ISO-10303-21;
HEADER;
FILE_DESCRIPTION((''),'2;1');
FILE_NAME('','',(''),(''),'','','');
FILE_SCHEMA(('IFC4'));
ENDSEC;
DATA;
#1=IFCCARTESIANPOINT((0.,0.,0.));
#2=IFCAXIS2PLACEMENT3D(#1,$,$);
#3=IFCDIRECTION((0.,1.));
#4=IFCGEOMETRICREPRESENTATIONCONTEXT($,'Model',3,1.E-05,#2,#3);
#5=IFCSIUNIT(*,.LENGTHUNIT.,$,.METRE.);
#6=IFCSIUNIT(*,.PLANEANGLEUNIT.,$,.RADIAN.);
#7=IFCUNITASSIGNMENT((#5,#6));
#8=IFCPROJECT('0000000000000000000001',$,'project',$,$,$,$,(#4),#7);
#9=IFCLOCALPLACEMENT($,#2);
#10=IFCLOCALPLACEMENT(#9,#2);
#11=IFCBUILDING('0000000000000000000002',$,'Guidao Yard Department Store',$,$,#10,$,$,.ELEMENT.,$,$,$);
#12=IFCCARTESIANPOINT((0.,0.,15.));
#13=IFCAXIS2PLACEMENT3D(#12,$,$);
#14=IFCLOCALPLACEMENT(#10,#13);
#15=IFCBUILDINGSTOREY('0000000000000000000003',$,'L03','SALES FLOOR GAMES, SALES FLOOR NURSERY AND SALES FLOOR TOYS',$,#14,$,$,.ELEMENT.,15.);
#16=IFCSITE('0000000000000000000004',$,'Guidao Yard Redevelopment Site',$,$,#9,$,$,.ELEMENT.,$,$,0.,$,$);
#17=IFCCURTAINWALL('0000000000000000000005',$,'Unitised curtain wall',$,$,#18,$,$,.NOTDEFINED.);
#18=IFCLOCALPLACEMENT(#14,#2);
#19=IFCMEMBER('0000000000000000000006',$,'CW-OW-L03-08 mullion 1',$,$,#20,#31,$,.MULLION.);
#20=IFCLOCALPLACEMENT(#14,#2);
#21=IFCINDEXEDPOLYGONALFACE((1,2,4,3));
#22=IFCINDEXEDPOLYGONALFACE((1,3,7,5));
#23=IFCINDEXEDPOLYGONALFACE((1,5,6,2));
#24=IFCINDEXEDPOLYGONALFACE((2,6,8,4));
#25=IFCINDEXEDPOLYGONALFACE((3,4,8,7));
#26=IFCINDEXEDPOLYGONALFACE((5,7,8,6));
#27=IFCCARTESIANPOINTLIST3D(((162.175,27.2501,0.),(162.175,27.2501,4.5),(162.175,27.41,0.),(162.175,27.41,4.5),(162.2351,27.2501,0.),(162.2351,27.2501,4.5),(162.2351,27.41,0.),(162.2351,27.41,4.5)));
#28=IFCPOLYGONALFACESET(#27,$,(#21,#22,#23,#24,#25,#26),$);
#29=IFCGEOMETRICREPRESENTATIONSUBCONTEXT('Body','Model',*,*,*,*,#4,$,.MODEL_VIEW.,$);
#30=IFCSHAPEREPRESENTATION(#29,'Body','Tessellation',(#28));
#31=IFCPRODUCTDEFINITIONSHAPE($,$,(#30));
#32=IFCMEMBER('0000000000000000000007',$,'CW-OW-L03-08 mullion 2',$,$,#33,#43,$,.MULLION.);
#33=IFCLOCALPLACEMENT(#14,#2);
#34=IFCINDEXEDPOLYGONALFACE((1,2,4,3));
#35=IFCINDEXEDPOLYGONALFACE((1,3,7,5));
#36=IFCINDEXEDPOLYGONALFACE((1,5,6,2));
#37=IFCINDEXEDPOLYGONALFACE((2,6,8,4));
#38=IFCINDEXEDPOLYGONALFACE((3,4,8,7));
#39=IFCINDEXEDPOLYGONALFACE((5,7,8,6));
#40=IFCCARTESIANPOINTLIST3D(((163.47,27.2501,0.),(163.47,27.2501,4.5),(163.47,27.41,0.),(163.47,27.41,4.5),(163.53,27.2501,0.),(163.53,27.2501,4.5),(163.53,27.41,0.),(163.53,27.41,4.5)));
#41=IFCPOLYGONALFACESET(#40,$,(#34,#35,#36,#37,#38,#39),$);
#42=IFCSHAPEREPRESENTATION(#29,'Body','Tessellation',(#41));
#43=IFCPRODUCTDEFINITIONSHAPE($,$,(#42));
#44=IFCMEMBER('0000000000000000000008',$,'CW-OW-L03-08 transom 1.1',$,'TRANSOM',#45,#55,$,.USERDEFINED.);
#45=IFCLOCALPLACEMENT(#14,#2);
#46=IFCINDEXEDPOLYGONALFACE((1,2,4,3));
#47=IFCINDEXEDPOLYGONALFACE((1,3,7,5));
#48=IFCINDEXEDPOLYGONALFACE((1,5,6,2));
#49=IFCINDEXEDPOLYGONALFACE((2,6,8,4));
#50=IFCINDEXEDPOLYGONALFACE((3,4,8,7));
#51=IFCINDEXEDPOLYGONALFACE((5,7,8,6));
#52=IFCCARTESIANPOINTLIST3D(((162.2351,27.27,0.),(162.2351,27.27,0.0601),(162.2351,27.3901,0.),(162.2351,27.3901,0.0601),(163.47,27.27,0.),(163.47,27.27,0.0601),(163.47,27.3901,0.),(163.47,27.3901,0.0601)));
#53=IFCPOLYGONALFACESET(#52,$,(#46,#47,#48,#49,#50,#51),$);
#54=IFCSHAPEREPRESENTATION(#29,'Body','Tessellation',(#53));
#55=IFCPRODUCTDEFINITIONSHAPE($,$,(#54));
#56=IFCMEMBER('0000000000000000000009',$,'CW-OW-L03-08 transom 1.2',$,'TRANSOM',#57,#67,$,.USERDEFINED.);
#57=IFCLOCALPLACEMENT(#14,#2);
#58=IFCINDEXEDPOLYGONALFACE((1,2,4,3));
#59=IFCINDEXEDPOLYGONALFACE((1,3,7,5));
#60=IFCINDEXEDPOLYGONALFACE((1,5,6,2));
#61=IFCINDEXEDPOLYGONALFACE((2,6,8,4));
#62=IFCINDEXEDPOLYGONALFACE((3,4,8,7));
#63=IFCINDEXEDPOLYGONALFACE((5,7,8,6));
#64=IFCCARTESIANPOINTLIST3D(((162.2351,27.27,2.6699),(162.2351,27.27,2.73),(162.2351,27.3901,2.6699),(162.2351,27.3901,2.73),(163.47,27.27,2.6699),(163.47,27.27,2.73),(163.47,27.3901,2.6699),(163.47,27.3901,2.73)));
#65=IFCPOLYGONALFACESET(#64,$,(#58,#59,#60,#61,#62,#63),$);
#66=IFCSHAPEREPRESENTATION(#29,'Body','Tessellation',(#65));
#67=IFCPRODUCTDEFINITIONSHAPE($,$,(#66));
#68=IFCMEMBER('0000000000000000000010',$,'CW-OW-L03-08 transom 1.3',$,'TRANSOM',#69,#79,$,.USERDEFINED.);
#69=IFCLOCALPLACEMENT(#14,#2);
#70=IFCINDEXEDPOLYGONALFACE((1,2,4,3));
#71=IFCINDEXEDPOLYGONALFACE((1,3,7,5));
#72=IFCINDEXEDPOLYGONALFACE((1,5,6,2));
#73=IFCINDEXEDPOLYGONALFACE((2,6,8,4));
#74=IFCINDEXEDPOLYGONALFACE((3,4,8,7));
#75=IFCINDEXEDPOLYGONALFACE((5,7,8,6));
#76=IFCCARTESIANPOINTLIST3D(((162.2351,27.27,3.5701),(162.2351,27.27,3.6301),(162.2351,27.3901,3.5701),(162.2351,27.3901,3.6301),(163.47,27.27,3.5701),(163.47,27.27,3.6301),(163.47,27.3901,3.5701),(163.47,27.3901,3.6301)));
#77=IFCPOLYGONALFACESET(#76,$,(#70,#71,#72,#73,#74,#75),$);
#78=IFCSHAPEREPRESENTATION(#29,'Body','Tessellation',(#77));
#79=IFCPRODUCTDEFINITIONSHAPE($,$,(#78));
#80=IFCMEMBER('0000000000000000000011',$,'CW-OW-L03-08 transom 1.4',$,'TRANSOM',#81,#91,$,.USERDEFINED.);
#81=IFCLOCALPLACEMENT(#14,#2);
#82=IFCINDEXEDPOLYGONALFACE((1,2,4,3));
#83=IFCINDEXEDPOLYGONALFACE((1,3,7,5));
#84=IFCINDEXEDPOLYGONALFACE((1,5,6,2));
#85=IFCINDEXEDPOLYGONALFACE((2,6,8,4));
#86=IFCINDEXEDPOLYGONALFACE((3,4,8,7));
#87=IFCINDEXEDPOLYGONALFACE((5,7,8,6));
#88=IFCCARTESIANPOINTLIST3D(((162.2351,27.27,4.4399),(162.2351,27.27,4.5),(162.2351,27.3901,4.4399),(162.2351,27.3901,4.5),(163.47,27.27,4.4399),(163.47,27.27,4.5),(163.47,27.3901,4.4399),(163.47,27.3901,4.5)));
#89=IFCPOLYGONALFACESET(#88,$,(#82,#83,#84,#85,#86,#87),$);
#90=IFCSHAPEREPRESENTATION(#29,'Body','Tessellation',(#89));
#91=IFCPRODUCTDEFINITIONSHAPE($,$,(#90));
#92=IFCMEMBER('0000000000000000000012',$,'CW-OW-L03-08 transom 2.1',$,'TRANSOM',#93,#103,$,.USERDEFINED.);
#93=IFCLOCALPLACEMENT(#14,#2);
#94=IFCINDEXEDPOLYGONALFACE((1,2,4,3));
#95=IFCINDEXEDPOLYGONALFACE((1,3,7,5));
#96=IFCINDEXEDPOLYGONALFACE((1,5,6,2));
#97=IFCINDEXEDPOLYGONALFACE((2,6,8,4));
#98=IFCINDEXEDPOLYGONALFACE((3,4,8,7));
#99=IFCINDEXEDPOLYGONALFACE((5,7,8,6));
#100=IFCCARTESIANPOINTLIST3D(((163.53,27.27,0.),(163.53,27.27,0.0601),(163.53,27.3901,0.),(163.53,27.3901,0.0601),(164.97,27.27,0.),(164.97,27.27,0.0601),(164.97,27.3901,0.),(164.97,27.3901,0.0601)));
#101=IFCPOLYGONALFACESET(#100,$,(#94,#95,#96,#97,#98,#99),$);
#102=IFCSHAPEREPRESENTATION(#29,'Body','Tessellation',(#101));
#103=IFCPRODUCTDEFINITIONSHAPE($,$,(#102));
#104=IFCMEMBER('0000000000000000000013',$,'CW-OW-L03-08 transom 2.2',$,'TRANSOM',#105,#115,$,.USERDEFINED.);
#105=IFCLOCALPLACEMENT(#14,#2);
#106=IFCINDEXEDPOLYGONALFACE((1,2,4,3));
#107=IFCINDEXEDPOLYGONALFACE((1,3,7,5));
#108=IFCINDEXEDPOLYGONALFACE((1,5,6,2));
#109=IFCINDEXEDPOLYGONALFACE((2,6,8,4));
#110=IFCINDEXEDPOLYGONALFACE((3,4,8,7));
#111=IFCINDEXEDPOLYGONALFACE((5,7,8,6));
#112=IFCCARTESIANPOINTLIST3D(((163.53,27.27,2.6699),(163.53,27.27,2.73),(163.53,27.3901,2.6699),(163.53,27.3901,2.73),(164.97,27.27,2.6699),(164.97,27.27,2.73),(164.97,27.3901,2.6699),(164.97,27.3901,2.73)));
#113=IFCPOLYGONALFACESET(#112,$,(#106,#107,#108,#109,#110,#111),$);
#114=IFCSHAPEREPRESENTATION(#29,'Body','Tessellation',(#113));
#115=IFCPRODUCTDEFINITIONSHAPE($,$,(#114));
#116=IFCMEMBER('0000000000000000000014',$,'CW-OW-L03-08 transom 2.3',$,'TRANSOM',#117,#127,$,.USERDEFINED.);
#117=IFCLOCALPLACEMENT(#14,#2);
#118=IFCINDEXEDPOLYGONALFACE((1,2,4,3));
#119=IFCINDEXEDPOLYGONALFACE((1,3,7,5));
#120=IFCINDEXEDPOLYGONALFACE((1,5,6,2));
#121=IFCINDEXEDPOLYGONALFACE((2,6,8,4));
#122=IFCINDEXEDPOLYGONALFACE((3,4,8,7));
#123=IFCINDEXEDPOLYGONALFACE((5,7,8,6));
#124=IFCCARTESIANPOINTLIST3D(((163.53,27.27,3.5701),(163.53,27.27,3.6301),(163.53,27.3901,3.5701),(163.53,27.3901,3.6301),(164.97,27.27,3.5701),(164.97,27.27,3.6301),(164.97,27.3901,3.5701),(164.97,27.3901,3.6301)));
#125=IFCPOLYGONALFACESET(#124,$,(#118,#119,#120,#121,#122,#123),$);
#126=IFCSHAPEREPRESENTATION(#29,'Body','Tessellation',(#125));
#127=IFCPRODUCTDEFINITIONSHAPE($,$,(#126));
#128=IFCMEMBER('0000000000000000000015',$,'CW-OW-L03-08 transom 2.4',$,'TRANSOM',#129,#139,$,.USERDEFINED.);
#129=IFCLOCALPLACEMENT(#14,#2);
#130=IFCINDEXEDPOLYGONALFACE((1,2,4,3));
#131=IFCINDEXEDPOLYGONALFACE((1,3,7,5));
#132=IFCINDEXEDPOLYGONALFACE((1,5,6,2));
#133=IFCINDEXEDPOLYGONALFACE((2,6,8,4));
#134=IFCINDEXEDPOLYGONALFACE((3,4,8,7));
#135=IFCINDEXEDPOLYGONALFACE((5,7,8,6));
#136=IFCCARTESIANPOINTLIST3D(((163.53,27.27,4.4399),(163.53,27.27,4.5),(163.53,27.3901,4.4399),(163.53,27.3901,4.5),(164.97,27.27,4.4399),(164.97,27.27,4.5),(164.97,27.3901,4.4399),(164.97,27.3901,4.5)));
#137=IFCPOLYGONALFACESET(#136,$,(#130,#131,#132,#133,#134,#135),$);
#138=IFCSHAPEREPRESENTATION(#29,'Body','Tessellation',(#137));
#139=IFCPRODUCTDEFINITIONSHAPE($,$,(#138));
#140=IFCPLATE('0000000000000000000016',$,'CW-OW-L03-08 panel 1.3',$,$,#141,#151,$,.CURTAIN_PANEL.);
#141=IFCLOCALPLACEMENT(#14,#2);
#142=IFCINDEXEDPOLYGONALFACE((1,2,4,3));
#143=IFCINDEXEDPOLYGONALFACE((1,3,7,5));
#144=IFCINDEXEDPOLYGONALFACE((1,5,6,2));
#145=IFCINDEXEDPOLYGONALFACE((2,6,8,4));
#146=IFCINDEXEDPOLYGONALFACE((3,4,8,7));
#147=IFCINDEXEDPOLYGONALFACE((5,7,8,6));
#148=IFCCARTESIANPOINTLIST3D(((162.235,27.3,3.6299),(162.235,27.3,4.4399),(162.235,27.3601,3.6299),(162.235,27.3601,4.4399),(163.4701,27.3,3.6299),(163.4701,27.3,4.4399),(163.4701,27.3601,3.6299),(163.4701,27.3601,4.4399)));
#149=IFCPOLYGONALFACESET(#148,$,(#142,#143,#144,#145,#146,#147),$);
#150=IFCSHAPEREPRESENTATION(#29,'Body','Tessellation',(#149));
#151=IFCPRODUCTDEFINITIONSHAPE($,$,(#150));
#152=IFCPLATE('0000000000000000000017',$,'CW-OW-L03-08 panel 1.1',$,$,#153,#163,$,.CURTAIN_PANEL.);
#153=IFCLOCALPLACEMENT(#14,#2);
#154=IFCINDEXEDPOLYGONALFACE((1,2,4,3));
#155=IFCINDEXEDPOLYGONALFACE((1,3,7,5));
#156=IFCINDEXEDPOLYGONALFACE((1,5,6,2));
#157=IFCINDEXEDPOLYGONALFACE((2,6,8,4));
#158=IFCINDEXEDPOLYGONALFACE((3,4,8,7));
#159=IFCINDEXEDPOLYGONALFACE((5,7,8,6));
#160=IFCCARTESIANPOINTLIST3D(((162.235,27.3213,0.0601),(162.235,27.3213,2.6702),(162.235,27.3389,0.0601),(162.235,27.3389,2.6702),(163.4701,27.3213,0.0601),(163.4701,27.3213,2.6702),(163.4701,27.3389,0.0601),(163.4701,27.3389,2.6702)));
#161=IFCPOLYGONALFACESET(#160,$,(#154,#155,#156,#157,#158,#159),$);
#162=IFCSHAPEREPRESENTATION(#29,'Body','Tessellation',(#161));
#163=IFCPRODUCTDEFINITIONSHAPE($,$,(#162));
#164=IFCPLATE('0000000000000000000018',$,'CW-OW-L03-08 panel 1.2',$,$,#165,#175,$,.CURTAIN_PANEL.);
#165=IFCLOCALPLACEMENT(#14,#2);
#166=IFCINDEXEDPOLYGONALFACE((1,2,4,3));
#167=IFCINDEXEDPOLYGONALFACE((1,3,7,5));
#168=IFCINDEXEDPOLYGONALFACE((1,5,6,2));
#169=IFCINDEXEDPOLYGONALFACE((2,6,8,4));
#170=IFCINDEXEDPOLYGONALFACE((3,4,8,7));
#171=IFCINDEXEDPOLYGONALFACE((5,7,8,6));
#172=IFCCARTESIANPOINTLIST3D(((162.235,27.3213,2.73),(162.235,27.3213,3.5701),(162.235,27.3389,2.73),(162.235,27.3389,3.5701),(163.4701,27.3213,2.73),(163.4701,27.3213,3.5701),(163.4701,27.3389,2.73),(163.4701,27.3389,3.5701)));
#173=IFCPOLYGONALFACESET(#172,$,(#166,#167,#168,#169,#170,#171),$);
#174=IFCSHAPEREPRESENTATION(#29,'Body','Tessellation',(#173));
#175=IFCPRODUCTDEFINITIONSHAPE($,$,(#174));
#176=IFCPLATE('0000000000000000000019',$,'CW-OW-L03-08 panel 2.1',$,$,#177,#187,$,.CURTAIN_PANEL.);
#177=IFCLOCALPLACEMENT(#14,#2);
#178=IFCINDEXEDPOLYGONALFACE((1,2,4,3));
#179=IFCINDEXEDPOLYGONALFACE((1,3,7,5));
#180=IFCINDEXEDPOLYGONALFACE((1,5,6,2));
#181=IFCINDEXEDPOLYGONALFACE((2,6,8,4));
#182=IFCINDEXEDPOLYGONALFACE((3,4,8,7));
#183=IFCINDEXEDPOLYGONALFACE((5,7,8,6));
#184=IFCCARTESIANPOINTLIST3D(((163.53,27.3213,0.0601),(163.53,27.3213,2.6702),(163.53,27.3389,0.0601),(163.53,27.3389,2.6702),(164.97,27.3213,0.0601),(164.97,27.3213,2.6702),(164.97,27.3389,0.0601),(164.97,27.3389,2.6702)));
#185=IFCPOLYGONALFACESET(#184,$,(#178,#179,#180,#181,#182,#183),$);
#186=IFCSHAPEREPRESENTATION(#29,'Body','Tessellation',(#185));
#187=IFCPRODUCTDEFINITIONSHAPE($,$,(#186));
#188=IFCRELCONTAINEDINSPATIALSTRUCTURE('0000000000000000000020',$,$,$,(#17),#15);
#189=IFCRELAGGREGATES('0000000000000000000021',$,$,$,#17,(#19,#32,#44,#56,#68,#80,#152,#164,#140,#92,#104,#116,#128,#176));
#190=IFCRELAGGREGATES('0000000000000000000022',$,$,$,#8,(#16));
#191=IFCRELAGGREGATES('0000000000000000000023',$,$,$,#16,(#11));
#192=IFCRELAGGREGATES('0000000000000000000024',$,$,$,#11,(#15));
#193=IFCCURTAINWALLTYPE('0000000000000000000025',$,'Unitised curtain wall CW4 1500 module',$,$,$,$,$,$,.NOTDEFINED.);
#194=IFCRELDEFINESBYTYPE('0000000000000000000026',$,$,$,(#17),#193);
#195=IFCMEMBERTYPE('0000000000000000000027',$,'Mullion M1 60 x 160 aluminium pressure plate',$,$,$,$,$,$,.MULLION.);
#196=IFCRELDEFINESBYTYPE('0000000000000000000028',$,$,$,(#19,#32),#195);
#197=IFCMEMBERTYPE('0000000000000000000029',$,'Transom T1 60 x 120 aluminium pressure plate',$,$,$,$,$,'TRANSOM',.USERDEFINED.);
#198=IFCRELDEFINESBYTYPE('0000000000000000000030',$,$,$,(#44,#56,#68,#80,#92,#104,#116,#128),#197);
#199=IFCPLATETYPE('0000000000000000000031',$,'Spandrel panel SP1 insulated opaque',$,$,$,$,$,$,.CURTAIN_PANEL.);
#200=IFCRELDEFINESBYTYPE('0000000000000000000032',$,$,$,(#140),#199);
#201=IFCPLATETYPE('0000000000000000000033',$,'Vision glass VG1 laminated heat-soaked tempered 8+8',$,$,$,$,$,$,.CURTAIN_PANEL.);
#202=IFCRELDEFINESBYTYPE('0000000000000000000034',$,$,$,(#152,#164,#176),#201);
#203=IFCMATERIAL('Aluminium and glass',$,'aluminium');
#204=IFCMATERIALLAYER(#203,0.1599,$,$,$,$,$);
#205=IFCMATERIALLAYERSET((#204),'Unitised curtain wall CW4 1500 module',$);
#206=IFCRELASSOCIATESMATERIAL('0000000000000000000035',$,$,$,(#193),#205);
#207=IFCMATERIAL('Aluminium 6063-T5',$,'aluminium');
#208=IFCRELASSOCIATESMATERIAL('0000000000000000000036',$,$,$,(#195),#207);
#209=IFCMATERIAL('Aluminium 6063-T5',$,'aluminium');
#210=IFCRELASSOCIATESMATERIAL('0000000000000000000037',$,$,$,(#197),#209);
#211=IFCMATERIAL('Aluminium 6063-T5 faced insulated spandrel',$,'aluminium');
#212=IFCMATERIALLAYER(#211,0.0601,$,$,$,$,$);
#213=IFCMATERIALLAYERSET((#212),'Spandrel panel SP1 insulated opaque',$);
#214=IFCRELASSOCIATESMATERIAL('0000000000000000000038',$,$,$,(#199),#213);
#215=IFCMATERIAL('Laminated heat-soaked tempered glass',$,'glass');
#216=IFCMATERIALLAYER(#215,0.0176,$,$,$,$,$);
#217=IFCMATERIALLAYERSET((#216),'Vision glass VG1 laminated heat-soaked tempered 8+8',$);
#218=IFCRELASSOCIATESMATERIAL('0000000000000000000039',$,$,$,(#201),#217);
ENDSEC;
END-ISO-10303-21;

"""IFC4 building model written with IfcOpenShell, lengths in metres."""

from ifc_helpers import new_model, si_unit, direction, frame, origin, origin_2d, place, context, subcontext, project, spatial, rectangle, extrude, material, layer, layer_set, material_profile, profile_set, type_object, element, aggregate, save


model = new_model("IFC4")

# Units and contexts
model_context = context("Model", 3, precision=1e-05, world=origin(), true_north=direction((0.0, 1.0)))
body_context = subcontext(model_context, "Body", "Model", "MODEL_VIEW")
ifc_project = project(units=[si_unit("LENGTHUNIT", "METRE"), si_unit("PLANEANGLEUNIT", "RADIAN")], contexts=[model_context])

# Site, building, storey
site_placement = place(None, origin())
site = spatial("IfcSite", under=ifc_project, at=site_placement, Name="Guidao Yard Redevelopment Site", CompositionType="ELEMENT", RefElevation=0.0)
building_placement = place(site_placement, origin())
building = spatial("IfcBuilding", under=site, at=building_placement, Name="Guidao Yard Department Store", CompositionType="ELEMENT")
storey_placement = place(building_placement, frame((0.0, 0.0, 15.0)))
storey = spatial("IfcBuildingStorey", under=building, at=storey_placement, Name="L03", Description="SALES FLOOR GAMES, SALES FLOOR NURSERY AND SALES FLOOR TOYS", CompositionType="ELEMENT", Elevation=15.0)

# Curtain wall, members, plates
ifc_material_1 = material(Name="Aluminium and glass", Category="aluminium")
ifc_layer_1 = layer(ifc_material_1, 0.1599)
ifc_layer_set_1 = layer_set([ifc_layer_1], Name="Unitised curtain wall CW4 1500 module")
curtain_wall_type = type_object("IfcCurtainWallType", Name="Unitised curtain wall CW4 1500 module", PredefinedType="NOTDEFINED", material=ifc_layer_set_1)
curtain_wall_placement = place(storey_placement, origin())
curtain_wall = element("IfcCurtainWall", 1, at=curtain_wall_placement, inside=storey, type_object=curtain_wall_type, Name="Unitised curtain wall", PredefinedType="NOTDEFINED")
ifc_material_2 = material(Name="Aluminium 6063-T5", Category="aluminium")
ifc_material_profile_1 = material_profile(ifc_material_2, rectangle(XDim=0.0601, YDim=0.1599, at=origin_2d()), Name="Mullion M1 60 x 160 aluminium pressure plate")
ifc_profile_set_1 = profile_set([ifc_material_profile_1], Name="Aluminium 6063-T5")
member_type_1 = type_object("IfcMemberType", Name="Mullion M1 60 x 160 aluminium pressure plate", PredefinedType="MULLION", material=ifc_profile_set_1)
member_1_placement = place(storey_placement, frame((162.2051, 27.3301, 0.0), z_axis=(0.0, 0.0, 1.0), x_axis=(1.0, 0.0, 0.0)))
member_1 = element("IfcMember", 2, at=member_1_placement, type_object=member_type_1, Name="CW-OW-L03-08 mullion 1", PredefinedType="MULLION", context=body_context, shape_type="SweptSolid", body=[
    extrude(rectangle(XDim=0.0601, YDim=0.1599, at=origin_2d()), origin(), (0.0, 0.0, 1.0), 4.5),
])
member_2_placement = place(storey_placement, frame((163.5, 27.3301, 0.0), z_axis=(0.0, 0.0, 1.0), x_axis=(1.0, 0.0, 0.0)))
member_2 = element("IfcMember", 3, at=member_2_placement, type_object=member_type_1, Name="CW-OW-L03-08 mullion 2", PredefinedType="MULLION", context=body_context, shape_type="SweptSolid", body=[
    extrude(rectangle(XDim=0.0601, YDim=0.1599, at=origin_2d()), origin(), (0.0, 0.0, 1.0), 4.5),
])
ifc_material_3 = material(Name="Aluminium 6063-T5", Category="aluminium")
ifc_material_profile_2 = material_profile(ifc_material_3, rectangle(XDim=0.1201, YDim=0.0601, at=origin_2d()), Name="Transom T1 60 x 120 aluminium pressure plate")
ifc_profile_set_2 = profile_set([ifc_material_profile_2], Name="Aluminium 6063-T5")
member_type_2 = type_object("IfcMemberType", Name="Transom T1 60 x 120 aluminium pressure plate", ElementType="TRANSOM", PredefinedType="USERDEFINED", material=ifc_profile_set_2)
member_3_placement = place(storey_placement, frame((162.2351, 27.3301, 0.03), z_axis=(1.0, 0.0, 0.0), x_axis=(0.0, 1.0, 0.0)))
member_3 = element("IfcMember", 4, at=member_3_placement, type_object=member_type_2, Name="CW-OW-L03-08 transom 1.1", ObjectType="TRANSOM", PredefinedType="USERDEFINED", context=body_context, shape_type="SweptSolid", body=[
    extrude(rectangle(XDim=0.1201, YDim=0.0601, at=origin_2d()), origin(), (0.0, 0.0, 1.0), 1.2349),
])
member_4_placement = place(storey_placement, frame((162.2351, 27.3301, 2.7), z_axis=(1.0, 0.0, 0.0), x_axis=(0.0, 1.0, 0.0)))
member_4 = element("IfcMember", 5, at=member_4_placement, type_object=member_type_2, Name="CW-OW-L03-08 transom 1.2", ObjectType="TRANSOM", PredefinedType="USERDEFINED", context=body_context, shape_type="SweptSolid", body=[
    extrude(rectangle(XDim=0.1201, YDim=0.0601, at=origin_2d()), origin(), (0.0, 0.0, 1.0), 1.2349),
])
member_5_placement = place(storey_placement, frame((162.2351, 27.3301, 3.6001), z_axis=(1.0, 0.0, 0.0), x_axis=(0.0, 1.0, 0.0)))
member_5 = element("IfcMember", 6, at=member_5_placement, type_object=member_type_2, Name="CW-OW-L03-08 transom 1.3", ObjectType="TRANSOM", PredefinedType="USERDEFINED", context=body_context, shape_type="SweptSolid", body=[
    extrude(rectangle(XDim=0.1201, YDim=0.0601, at=origin_2d()), origin(), (0.0, 0.0, 1.0), 1.2349),
])
member_6_placement = place(storey_placement, frame((162.2351, 27.3301, 4.47), z_axis=(1.0, 0.0, 0.0), x_axis=(0.0, 1.0, 0.0)))
member_6 = element("IfcMember", 7, at=member_6_placement, type_object=member_type_2, Name="CW-OW-L03-08 transom 1.4", ObjectType="TRANSOM", PredefinedType="USERDEFINED", context=body_context, shape_type="SweptSolid", body=[
    extrude(rectangle(XDim=0.1201, YDim=0.0601, at=origin_2d()), origin(), (0.0, 0.0, 1.0), 1.2349),
])
member_7_placement = place(storey_placement, frame((163.53, 27.3301, 0.03), z_axis=(1.0, 0.0, 0.0), x_axis=(0.0, 1.0, 0.0)))
member_7 = element("IfcMember", 8, at=member_7_placement, type_object=member_type_2, Name="CW-OW-L03-08 transom 2.1", ObjectType="TRANSOM", PredefinedType="USERDEFINED", context=body_context, shape_type="SweptSolid", body=[
    extrude(rectangle(XDim=0.1201, YDim=0.0601, at=origin_2d()), origin(), (0.0, 0.0, 1.0), 1.4399),
])
member_8_placement = place(storey_placement, frame((163.53, 27.3301, 2.7), z_axis=(1.0, 0.0, 0.0), x_axis=(0.0, 1.0, 0.0)))
member_8 = element("IfcMember", 9, at=member_8_placement, type_object=member_type_2, Name="CW-OW-L03-08 transom 2.2", ObjectType="TRANSOM", PredefinedType="USERDEFINED", context=body_context, shape_type="SweptSolid", body=[
    extrude(rectangle(XDim=0.1201, YDim=0.0601, at=origin_2d()), origin(), (0.0, 0.0, 1.0), 1.4399),
])
member_9_placement = place(storey_placement, frame((163.53, 27.3301, 3.6001), z_axis=(1.0, 0.0, 0.0), x_axis=(0.0, 1.0, 0.0)))
member_9 = element("IfcMember", 10, at=member_9_placement, type_object=member_type_2, Name="CW-OW-L03-08 transom 2.3", ObjectType="TRANSOM", PredefinedType="USERDEFINED", context=body_context, shape_type="SweptSolid", body=[
    extrude(rectangle(XDim=0.1201, YDim=0.0601, at=origin_2d()), origin(), (0.0, 0.0, 1.0), 1.4399),
])
member_10_placement = place(storey_placement, frame((163.53, 27.3301, 4.47), z_axis=(1.0, 0.0, 0.0), x_axis=(0.0, 1.0, 0.0)))
member_10 = element("IfcMember", 11, at=member_10_placement, type_object=member_type_2, Name="CW-OW-L03-08 transom 2.4", ObjectType="TRANSOM", PredefinedType="USERDEFINED", context=body_context, shape_type="SweptSolid", body=[
    extrude(rectangle(XDim=0.1201, YDim=0.0601, at=origin_2d()), origin(), (0.0, 0.0, 1.0), 1.4399),
])
ifc_material_4 = material(Name="Aluminium 6063-T5 faced insulated spandrel", Category="aluminium")
ifc_layer_2 = layer(ifc_material_4, 0.0601)
ifc_layer_set_2 = layer_set([ifc_layer_2], Name="Spandrel panel SP1 insulated opaque")
plate_type_1 = type_object("IfcPlateType", Name="Spandrel panel SP1 insulated opaque", PredefinedType="CURTAIN_PANEL", material=ifc_layer_set_2)
plate_1_placement = place(storey_placement, frame((162.8525, 27.3301, 3.6299), z_axis=(0.0, 0.0, 1.0), x_axis=(1.0, 0.0, 0.0)))
plate_1 = element("IfcPlate", 12, at=plate_1_placement, type_object=plate_type_1, Name="CW-OW-L03-08 panel 1.3", PredefinedType="CURTAIN_PANEL", context=body_context, shape_type="SweptSolid", body=[
    extrude(rectangle(XDim=1.2351, YDim=0.0601, at=origin_2d()), origin(), (0.0, 0.0, 1.0), 0.8101),
])
ifc_material_5 = material(Name="Laminated heat-soaked tempered glass", Category="glass")
ifc_layer_3 = layer(ifc_material_5, 0.0176)
ifc_layer_set_3 = layer_set([ifc_layer_3], Name="Vision glass VG1 laminated heat-soaked tempered 8+8")
plate_type_2 = type_object("IfcPlateType", Name="Vision glass VG1 laminated heat-soaked tempered 8+8", PredefinedType="CURTAIN_PANEL", material=ifc_layer_set_3)
plate_2_placement = place(storey_placement, frame((162.8525, 27.3301, 0.0601), z_axis=(0.0, 0.0, 1.0), x_axis=(1.0, 0.0, 0.0)))
plate_2 = element("IfcPlate", 13, at=plate_2_placement, type_object=plate_type_2, Name="CW-OW-L03-08 panel 1.1", PredefinedType="CURTAIN_PANEL", context=body_context, shape_type="SweptSolid", body=[
    extrude(rectangle(XDim=1.2351, YDim=0.0176, at=origin_2d()), origin(), (0.0, 0.0, 1.0), 2.6101),
])
plate_3_placement = place(storey_placement, frame((162.8525, 27.3301, 2.73), z_axis=(0.0, 0.0, 1.0), x_axis=(1.0, 0.0, 0.0)))
plate_3 = element("IfcPlate", 14, at=plate_3_placement, type_object=plate_type_2, Name="CW-OW-L03-08 panel 1.2", PredefinedType="CURTAIN_PANEL", context=body_context, shape_type="SweptSolid", body=[
    extrude(rectangle(XDim=1.2351, YDim=0.0176, at=origin_2d()), origin(), (0.0, 0.0, 1.0), 0.8401),
])
plate_4_placement = place(storey_placement, frame((164.25, 27.3301, 0.0601), z_axis=(0.0, 0.0, 1.0), x_axis=(1.0, 0.0, 0.0)))
plate_4 = element("IfcPlate", 15, at=plate_4_placement, type_object=plate_type_2, Name="CW-OW-L03-08 panel 2.1", PredefinedType="CURTAIN_PANEL", context=body_context, shape_type="SweptSolid", body=[
    extrude(rectangle(XDim=1.4399, YDim=0.0176, at=origin_2d()), origin(), (0.0, 0.0, 1.0), 2.6101),
])
aggregate(curtain_wall, [member_1, member_2, member_3, member_4, member_5, member_6, plate_2, plate_3, plate_1, member_7, member_8, member_9, member_10, plate_4])

save(model, "model.ifc")
